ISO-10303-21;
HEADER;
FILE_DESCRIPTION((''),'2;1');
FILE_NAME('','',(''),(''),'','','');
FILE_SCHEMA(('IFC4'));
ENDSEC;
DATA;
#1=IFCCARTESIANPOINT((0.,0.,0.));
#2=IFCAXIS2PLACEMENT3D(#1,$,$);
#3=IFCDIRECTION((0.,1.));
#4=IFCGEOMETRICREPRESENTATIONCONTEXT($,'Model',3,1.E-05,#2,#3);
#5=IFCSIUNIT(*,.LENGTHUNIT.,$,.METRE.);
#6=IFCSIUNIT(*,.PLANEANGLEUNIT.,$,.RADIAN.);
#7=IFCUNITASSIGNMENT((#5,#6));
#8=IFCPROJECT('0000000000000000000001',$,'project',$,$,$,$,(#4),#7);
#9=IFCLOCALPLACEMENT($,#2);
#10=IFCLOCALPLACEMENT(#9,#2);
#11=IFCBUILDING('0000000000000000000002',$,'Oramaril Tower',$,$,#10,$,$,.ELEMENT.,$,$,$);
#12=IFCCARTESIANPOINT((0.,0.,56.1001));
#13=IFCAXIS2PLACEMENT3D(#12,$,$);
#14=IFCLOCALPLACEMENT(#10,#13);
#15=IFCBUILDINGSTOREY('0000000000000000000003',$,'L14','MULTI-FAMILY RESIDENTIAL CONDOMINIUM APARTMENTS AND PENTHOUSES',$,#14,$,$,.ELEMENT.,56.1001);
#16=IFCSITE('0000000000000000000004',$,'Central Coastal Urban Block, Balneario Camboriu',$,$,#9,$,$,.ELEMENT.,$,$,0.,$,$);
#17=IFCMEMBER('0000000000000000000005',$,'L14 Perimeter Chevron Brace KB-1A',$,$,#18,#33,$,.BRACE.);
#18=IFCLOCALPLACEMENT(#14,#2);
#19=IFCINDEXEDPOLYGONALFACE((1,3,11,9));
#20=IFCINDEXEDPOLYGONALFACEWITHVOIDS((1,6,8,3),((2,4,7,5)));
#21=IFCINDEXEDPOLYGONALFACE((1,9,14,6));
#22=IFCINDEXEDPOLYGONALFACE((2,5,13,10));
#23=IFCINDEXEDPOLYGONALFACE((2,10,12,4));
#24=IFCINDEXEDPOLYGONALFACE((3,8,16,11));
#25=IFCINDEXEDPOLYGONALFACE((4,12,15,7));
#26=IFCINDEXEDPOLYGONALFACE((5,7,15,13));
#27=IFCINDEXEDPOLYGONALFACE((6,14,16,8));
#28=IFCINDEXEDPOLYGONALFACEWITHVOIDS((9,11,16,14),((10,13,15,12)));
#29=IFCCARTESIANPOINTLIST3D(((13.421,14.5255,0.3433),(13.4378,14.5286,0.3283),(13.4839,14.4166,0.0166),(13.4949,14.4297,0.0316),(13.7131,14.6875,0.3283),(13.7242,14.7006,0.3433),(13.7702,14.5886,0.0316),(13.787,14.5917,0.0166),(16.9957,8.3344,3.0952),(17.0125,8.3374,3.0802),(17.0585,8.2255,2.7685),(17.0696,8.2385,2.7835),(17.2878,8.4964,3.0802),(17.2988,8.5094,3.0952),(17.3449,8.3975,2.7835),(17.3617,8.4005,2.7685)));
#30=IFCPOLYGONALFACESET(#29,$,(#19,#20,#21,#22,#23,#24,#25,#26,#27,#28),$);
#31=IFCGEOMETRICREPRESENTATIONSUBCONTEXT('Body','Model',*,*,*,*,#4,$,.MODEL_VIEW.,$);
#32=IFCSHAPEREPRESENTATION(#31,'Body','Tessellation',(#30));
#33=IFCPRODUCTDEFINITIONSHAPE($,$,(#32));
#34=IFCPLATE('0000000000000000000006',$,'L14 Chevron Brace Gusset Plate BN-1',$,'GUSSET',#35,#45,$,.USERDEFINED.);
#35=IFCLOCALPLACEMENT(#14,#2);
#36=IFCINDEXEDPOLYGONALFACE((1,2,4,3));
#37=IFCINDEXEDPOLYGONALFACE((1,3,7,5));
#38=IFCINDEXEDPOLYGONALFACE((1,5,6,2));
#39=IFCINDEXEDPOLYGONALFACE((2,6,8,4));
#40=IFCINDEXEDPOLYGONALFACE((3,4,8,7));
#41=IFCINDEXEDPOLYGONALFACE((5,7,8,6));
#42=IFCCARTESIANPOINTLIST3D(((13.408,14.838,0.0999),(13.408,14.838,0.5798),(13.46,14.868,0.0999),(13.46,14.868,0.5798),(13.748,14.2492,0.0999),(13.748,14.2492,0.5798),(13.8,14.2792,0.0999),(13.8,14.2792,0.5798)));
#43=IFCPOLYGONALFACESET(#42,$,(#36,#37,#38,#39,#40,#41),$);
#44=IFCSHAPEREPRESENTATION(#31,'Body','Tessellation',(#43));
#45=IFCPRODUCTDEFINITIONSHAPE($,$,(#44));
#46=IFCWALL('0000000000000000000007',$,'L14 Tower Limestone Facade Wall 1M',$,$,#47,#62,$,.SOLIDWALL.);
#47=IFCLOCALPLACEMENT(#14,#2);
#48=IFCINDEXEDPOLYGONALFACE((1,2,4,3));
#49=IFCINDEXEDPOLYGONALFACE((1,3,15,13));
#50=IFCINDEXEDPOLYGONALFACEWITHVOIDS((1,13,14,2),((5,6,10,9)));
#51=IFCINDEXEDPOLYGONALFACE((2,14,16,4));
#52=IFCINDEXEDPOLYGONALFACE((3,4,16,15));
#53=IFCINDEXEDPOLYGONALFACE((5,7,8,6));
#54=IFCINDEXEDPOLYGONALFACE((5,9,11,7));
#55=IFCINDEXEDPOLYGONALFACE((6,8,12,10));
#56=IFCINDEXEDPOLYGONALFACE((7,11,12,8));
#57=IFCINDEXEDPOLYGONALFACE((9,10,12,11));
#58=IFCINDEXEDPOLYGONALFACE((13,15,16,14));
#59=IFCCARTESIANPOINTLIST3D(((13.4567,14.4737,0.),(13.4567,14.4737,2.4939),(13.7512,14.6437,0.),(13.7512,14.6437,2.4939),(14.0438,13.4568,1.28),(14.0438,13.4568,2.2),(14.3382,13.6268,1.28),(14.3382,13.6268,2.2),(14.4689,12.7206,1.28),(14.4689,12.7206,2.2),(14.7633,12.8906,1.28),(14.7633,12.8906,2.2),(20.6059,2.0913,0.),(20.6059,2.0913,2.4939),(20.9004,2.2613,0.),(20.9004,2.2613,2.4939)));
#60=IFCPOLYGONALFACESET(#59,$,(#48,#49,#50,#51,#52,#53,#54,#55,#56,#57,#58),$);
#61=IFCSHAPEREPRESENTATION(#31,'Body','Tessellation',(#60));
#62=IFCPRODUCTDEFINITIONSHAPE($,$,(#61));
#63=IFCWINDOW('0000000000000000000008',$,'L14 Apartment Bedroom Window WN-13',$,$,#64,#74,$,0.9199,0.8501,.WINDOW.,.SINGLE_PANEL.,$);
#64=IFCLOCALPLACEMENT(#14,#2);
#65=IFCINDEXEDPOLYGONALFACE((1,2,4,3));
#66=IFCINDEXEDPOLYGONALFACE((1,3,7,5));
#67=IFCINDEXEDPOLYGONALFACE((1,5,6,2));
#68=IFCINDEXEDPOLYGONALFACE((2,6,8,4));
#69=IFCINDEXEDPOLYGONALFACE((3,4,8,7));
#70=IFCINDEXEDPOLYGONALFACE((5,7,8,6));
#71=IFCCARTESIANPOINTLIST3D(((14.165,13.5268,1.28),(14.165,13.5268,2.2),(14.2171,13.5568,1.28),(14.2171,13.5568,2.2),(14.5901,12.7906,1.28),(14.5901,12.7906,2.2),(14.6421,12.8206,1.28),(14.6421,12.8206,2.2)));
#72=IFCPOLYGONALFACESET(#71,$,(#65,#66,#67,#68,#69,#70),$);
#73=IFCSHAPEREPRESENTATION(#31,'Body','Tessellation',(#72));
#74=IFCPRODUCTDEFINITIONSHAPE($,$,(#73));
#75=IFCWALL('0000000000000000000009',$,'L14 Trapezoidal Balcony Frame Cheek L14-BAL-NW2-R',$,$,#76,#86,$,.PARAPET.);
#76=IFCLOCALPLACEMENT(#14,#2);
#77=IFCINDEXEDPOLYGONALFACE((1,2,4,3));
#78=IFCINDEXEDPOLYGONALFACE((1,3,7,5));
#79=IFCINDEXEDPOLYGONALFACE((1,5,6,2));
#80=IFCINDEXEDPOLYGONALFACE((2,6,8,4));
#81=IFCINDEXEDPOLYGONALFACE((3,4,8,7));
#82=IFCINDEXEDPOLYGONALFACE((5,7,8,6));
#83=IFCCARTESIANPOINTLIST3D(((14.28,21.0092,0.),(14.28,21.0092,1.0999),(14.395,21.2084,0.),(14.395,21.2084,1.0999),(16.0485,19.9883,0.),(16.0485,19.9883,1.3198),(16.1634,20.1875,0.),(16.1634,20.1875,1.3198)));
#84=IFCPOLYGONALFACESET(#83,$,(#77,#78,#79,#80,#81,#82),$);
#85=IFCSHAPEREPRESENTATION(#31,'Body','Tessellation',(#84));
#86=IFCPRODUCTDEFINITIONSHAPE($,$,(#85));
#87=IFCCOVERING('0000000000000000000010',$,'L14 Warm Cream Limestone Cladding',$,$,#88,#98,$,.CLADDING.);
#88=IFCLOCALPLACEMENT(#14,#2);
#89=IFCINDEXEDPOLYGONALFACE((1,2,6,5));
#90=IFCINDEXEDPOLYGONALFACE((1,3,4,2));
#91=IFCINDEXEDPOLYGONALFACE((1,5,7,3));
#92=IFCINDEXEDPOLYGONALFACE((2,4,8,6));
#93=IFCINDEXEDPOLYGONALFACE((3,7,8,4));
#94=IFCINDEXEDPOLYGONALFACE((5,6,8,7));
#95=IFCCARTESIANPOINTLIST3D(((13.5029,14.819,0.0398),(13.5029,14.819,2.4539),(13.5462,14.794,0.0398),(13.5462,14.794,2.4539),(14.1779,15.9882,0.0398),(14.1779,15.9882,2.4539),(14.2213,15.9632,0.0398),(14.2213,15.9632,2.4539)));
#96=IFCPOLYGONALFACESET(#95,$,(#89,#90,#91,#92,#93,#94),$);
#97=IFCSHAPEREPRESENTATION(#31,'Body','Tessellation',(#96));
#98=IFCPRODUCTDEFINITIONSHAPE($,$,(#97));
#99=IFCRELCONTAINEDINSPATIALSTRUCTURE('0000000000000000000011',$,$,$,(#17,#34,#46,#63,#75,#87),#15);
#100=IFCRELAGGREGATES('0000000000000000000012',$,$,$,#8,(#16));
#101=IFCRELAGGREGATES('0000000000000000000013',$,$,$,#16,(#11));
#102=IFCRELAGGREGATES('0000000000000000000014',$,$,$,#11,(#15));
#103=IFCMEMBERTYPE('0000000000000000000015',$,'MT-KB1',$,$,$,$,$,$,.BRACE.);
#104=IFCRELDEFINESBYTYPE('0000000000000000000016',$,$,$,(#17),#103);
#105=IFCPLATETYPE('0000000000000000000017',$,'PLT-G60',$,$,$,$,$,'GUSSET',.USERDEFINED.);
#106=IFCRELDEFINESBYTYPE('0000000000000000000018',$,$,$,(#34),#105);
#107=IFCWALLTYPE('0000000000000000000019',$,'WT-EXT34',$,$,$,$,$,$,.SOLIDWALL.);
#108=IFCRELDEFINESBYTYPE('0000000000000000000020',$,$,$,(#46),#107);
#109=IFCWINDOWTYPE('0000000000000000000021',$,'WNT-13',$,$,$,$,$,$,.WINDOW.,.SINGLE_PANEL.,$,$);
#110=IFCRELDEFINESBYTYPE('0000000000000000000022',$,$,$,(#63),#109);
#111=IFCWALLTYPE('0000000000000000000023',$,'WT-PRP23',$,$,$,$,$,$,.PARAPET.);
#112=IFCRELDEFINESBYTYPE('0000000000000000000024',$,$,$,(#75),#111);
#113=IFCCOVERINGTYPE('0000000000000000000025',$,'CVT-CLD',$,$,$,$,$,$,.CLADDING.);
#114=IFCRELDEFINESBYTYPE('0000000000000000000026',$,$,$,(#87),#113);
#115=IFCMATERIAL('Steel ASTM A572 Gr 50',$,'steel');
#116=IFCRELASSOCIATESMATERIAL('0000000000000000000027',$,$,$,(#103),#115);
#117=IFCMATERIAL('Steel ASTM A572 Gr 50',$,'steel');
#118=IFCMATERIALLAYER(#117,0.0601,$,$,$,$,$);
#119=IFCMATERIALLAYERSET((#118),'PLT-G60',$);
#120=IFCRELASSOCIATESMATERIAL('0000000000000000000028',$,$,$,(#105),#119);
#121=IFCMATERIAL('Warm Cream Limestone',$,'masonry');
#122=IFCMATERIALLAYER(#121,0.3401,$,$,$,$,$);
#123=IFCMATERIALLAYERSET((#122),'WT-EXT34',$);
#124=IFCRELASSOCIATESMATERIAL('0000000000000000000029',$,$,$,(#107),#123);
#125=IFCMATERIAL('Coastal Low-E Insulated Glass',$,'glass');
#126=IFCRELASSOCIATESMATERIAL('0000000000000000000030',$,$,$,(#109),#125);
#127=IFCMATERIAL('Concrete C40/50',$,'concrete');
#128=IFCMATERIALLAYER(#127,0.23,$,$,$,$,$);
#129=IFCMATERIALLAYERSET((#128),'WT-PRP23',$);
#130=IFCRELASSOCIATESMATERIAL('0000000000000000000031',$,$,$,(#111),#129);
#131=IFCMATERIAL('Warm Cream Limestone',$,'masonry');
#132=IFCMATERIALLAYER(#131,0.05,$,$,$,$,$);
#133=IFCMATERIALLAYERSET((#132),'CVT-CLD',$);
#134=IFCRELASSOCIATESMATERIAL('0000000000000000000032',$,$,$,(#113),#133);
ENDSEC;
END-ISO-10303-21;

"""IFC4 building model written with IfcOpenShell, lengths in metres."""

from ifc_helpers import new_model, si_unit, direction, frame, frame_2d, origin, origin_2d, place, context, subcontext, project, spatial, polyline, rectangle, hollow_rectangle, outline, extrude, material, layer, layer_set, material_profile, profile_set, type_object, element, fill, save


model = new_model("IFC4")

# Units and contexts
model_context = context("Model", 3, precision=1e-05, world=origin(), true_north=direction((0.0, 1.0)))
body_context = subcontext(model_context, "Body", "Model", "MODEL_VIEW")
ifc_project = project(units=[si_unit("LENGTHUNIT", "METRE"), si_unit("PLANEANGLEUNIT", "RADIAN")], contexts=[model_context])

# Site, building, storey
site_placement = place(None, origin())
site = spatial("IfcSite", under=ifc_project, at=site_placement, Name="Central Coastal Urban Block, Balneario Camboriu", CompositionType="ELEMENT", RefElevation=0.0)
building_placement = place(site_placement, origin())
building = spatial("IfcBuilding", under=site, at=building_placement, Name="Oramaril Tower", CompositionType="ELEMENT")
storey_placement = place(building_placement, frame((0.0, 0.0, 56.1001)))
storey = spatial("IfcBuildingStorey", under=building, at=storey_placement, Name="L14", Description="MULTI-FAMILY RESIDENTIAL CONDOMINIUM APARTMENTS AND PENTHOUSES", CompositionType="ELEMENT", Elevation=56.1001)

# Member
ifc_material_1 = material(Name="Steel ASTM A572 Gr 50", Category="steel")
ifc_material_profile_1 = material_profile(ifc_material_1, hollow_rectangle(XDim=0.3501, YDim=0.3501, WallThickness=0.0161, at=origin_2d()), Name="HSS350X350X16")
ifc_profile_set_1 = profile_set([ifc_material_profile_1], Name="Steel ASTM A572 Gr 50")
member_type = type_object("IfcMemberType", Name="MT-KB1", PredefinedType="BRACE", material=ifc_profile_set_1)
member_placement = place(storey_placement, frame((13.604, 14.5586, 0.1799), z_axis=(0.466645, -0.8082, 0.359242), x_axis=(0.866011, 0.500025, 0.0)))
element("IfcMember", 1, at=member_placement, inside=storey, type_object=member_type, Name="L14 Perimeter Chevron Brace KB-1A", PredefinedType="BRACE", context=body_context, shape_type="SweptSolid", body=[
    extrude(hollow_rectangle(XDim=0.3501, YDim=0.3501, WallThickness=0.0161, at=origin_2d()), origin(), (0.0, 0.0, 1.0), 7.6604),
])

# Plate
ifc_material_2 = material(Name="Steel ASTM A572 Gr 50", Category="steel")
ifc_layer_1 = layer(ifc_material_2, 0.0601)
ifc_layer_set_1 = layer_set([ifc_layer_1], Name="PLT-G60")
plate_type = type_object("IfcPlateType", Name="PLT-G60", ElementType="GUSSET", PredefinedType="USERDEFINED", material=ifc_layer_set_1)
plate_placement = place(storey_placement, frame((13.604, 14.5586, 0.0999), z_axis=(0.0, 0.0, 1.0), x_axis=(0.500002, -0.866025, 0.0)))
element("IfcPlate", 2, at=plate_placement, inside=storey, type_object=plate_type, Name="L14 Chevron Brace Gusset Plate BN-1", ObjectType="GUSSET", PredefinedType="USERDEFINED", context=body_context, shape_type="SweptSolid", body=[
    extrude(rectangle(XDim=0.6799, YDim=0.0601, at=origin_2d()), origin(), (0.0, 0.0, 1.0), 0.48),
])

# Wall, opening, window
ifc_material_3 = material(Name="Warm Cream Limestone", Category="masonry")
ifc_layer_2 = layer(ifc_material_3, 0.3401)
ifc_layer_set_2 = layer_set([ifc_layer_2], Name="WT-EXT34")
wall_type_1 = type_object("IfcWallType", Name="WT-EXT34", PredefinedType="SOLIDWALL", material=ifc_layer_set_2)
wall_1_placement = place(storey_placement, frame((13.604, 14.5586, 0.0), z_axis=(0.0, 0.0, 1.0), x_axis=(0.500012, -0.866018, 0.0)))
wall_1 = element("IfcWall", 3, at=wall_1_placement, inside=storey, type_object=wall_type_1, Name="L14 Tower Limestone Facade Wall 1M", PredefinedType="SOLIDWALL", context=body_context, shape_type="SweptSolid", body=[
    extrude(rectangle(XDim=14.2981, YDim=0.3401, at=frame_2d((7.1489, 0.0))), origin(), (0.0, 0.0, 1.0), 2.4939),
])
opening_1_placement = place(wall_1_placement, frame((1.1741, 0.0, 1.28)))
opening_1 = element("IfcOpeningElement", 4, at=opening_1_placement, cuts=wall_1, PredefinedType="OPENING", context=body_context, shape_type="SweptSolid", body=[
    extrude(rectangle(XDim=0.8501, YDim=0.9199, at=frame_2d((0.425, 0.46))), frame((0.0, 0.1699, 0.0), z_axis=(0.0, -1.0, 0.0), x_axis=(1.0, 0.0, 0.0)), (0.0, 0.0, 1.0), 0.3401),
])
ifc_material_4 = material(Name="Coastal Low-E Insulated Glass", Category="glass")
window_type = type_object("IfcWindowType", Name="WNT-13", PartitioningType="SINGLE_PANEL", PredefinedType="WINDOW", material=ifc_material_4)
window_placement = place(opening_1_placement, origin())
window = element("IfcWindow", 5, at=window_placement, inside=storey, type_object=window_type, Name="L14 Apartment Bedroom Window WN-13", OverallHeight=0.9199, OverallWidth=0.8501, PartitioningType="SINGLE_PANEL", PredefinedType="WINDOW", context=body_context, shape_type="SweptSolid", body=[
    extrude(rectangle(XDim=0.8501, YDim=0.9199, at=frame_2d((0.425, 0.46))), frame((0.0, 0.03, 0.0), z_axis=(0.0, -1.0, 0.0), x_axis=(1.0, 0.0, 0.0)), (0.0, 0.0, 1.0), 0.0601),
])
fill(opening_1, window)

# Wall
ifc_material_5 = material(Name="Concrete C40/50", Category="concrete")
ifc_layer_3 = layer(ifc_material_5, 0.23)
ifc_layer_set_3 = layer_set([ifc_layer_3], Name="WT-PRP23")
wall_type_2 = type_object("IfcWallType", Name="WT-PRP23", PredefinedType="PARAPET", material=ifc_layer_set_3)
wall_2_placement = place(storey_placement, frame((16.106, 20.0879, 0.0), z_axis=(0.0, 0.0, 1.0), x_axis=(-0.866042, 0.499971, 0.0)))
element("IfcWall", 6, at=wall_2_placement, inside=storey, type_object=wall_type_2, Name="L14 Trapezoidal Balcony Frame Cheek L14-BAL-NW2-R", PredefinedType="PARAPET", context=body_context, shape_type="SweptSolid", body=[
    extrude(outline(polyline([(0.0, 0.0), (2.042, 0.0), (2.042, 1.0999), (0.0, 1.3198), (0.0, 0.0)])), frame((0.0, 0.115, 0.0), z_axis=(0.0, -1.0, 0.0), x_axis=(1.0, 0.0, 0.0)), (0.0, 0.0, 1.0), 0.23),
])

# Covering
ifc_material_6 = material(Name="Warm Cream Limestone", Category="masonry")
ifc_layer_4 = layer(ifc_material_6, 0.05)
ifc_layer_set_4 = layer_set([ifc_layer_4], Name="CVT-CLD")
covering_type = type_object("IfcCoveringType", Name="CVT-CLD", PredefinedType="CLADDING", material=ifc_layer_set_4)
covering_placement = place(storey_placement, frame((13.8621, 15.3911, 0.0398), z_axis=(0.0, 0.0, 1.0), x_axis=(-0.499998, -0.866026, 0.0)))
element("IfcCovering", 7, at=covering_placement, inside=storey, type_object=covering_type, Name="L14 Warm Cream Limestone Cladding", PredefinedType="CLADDING", context=body_context, shape_type="SweptSolid", body=[
    extrude(rectangle(XDim=1.3501, YDim=0.05, at=origin_2d()), origin(), (0.0, 0.0, 1.0), 2.4141),
])

save(model, "model.ifc")
